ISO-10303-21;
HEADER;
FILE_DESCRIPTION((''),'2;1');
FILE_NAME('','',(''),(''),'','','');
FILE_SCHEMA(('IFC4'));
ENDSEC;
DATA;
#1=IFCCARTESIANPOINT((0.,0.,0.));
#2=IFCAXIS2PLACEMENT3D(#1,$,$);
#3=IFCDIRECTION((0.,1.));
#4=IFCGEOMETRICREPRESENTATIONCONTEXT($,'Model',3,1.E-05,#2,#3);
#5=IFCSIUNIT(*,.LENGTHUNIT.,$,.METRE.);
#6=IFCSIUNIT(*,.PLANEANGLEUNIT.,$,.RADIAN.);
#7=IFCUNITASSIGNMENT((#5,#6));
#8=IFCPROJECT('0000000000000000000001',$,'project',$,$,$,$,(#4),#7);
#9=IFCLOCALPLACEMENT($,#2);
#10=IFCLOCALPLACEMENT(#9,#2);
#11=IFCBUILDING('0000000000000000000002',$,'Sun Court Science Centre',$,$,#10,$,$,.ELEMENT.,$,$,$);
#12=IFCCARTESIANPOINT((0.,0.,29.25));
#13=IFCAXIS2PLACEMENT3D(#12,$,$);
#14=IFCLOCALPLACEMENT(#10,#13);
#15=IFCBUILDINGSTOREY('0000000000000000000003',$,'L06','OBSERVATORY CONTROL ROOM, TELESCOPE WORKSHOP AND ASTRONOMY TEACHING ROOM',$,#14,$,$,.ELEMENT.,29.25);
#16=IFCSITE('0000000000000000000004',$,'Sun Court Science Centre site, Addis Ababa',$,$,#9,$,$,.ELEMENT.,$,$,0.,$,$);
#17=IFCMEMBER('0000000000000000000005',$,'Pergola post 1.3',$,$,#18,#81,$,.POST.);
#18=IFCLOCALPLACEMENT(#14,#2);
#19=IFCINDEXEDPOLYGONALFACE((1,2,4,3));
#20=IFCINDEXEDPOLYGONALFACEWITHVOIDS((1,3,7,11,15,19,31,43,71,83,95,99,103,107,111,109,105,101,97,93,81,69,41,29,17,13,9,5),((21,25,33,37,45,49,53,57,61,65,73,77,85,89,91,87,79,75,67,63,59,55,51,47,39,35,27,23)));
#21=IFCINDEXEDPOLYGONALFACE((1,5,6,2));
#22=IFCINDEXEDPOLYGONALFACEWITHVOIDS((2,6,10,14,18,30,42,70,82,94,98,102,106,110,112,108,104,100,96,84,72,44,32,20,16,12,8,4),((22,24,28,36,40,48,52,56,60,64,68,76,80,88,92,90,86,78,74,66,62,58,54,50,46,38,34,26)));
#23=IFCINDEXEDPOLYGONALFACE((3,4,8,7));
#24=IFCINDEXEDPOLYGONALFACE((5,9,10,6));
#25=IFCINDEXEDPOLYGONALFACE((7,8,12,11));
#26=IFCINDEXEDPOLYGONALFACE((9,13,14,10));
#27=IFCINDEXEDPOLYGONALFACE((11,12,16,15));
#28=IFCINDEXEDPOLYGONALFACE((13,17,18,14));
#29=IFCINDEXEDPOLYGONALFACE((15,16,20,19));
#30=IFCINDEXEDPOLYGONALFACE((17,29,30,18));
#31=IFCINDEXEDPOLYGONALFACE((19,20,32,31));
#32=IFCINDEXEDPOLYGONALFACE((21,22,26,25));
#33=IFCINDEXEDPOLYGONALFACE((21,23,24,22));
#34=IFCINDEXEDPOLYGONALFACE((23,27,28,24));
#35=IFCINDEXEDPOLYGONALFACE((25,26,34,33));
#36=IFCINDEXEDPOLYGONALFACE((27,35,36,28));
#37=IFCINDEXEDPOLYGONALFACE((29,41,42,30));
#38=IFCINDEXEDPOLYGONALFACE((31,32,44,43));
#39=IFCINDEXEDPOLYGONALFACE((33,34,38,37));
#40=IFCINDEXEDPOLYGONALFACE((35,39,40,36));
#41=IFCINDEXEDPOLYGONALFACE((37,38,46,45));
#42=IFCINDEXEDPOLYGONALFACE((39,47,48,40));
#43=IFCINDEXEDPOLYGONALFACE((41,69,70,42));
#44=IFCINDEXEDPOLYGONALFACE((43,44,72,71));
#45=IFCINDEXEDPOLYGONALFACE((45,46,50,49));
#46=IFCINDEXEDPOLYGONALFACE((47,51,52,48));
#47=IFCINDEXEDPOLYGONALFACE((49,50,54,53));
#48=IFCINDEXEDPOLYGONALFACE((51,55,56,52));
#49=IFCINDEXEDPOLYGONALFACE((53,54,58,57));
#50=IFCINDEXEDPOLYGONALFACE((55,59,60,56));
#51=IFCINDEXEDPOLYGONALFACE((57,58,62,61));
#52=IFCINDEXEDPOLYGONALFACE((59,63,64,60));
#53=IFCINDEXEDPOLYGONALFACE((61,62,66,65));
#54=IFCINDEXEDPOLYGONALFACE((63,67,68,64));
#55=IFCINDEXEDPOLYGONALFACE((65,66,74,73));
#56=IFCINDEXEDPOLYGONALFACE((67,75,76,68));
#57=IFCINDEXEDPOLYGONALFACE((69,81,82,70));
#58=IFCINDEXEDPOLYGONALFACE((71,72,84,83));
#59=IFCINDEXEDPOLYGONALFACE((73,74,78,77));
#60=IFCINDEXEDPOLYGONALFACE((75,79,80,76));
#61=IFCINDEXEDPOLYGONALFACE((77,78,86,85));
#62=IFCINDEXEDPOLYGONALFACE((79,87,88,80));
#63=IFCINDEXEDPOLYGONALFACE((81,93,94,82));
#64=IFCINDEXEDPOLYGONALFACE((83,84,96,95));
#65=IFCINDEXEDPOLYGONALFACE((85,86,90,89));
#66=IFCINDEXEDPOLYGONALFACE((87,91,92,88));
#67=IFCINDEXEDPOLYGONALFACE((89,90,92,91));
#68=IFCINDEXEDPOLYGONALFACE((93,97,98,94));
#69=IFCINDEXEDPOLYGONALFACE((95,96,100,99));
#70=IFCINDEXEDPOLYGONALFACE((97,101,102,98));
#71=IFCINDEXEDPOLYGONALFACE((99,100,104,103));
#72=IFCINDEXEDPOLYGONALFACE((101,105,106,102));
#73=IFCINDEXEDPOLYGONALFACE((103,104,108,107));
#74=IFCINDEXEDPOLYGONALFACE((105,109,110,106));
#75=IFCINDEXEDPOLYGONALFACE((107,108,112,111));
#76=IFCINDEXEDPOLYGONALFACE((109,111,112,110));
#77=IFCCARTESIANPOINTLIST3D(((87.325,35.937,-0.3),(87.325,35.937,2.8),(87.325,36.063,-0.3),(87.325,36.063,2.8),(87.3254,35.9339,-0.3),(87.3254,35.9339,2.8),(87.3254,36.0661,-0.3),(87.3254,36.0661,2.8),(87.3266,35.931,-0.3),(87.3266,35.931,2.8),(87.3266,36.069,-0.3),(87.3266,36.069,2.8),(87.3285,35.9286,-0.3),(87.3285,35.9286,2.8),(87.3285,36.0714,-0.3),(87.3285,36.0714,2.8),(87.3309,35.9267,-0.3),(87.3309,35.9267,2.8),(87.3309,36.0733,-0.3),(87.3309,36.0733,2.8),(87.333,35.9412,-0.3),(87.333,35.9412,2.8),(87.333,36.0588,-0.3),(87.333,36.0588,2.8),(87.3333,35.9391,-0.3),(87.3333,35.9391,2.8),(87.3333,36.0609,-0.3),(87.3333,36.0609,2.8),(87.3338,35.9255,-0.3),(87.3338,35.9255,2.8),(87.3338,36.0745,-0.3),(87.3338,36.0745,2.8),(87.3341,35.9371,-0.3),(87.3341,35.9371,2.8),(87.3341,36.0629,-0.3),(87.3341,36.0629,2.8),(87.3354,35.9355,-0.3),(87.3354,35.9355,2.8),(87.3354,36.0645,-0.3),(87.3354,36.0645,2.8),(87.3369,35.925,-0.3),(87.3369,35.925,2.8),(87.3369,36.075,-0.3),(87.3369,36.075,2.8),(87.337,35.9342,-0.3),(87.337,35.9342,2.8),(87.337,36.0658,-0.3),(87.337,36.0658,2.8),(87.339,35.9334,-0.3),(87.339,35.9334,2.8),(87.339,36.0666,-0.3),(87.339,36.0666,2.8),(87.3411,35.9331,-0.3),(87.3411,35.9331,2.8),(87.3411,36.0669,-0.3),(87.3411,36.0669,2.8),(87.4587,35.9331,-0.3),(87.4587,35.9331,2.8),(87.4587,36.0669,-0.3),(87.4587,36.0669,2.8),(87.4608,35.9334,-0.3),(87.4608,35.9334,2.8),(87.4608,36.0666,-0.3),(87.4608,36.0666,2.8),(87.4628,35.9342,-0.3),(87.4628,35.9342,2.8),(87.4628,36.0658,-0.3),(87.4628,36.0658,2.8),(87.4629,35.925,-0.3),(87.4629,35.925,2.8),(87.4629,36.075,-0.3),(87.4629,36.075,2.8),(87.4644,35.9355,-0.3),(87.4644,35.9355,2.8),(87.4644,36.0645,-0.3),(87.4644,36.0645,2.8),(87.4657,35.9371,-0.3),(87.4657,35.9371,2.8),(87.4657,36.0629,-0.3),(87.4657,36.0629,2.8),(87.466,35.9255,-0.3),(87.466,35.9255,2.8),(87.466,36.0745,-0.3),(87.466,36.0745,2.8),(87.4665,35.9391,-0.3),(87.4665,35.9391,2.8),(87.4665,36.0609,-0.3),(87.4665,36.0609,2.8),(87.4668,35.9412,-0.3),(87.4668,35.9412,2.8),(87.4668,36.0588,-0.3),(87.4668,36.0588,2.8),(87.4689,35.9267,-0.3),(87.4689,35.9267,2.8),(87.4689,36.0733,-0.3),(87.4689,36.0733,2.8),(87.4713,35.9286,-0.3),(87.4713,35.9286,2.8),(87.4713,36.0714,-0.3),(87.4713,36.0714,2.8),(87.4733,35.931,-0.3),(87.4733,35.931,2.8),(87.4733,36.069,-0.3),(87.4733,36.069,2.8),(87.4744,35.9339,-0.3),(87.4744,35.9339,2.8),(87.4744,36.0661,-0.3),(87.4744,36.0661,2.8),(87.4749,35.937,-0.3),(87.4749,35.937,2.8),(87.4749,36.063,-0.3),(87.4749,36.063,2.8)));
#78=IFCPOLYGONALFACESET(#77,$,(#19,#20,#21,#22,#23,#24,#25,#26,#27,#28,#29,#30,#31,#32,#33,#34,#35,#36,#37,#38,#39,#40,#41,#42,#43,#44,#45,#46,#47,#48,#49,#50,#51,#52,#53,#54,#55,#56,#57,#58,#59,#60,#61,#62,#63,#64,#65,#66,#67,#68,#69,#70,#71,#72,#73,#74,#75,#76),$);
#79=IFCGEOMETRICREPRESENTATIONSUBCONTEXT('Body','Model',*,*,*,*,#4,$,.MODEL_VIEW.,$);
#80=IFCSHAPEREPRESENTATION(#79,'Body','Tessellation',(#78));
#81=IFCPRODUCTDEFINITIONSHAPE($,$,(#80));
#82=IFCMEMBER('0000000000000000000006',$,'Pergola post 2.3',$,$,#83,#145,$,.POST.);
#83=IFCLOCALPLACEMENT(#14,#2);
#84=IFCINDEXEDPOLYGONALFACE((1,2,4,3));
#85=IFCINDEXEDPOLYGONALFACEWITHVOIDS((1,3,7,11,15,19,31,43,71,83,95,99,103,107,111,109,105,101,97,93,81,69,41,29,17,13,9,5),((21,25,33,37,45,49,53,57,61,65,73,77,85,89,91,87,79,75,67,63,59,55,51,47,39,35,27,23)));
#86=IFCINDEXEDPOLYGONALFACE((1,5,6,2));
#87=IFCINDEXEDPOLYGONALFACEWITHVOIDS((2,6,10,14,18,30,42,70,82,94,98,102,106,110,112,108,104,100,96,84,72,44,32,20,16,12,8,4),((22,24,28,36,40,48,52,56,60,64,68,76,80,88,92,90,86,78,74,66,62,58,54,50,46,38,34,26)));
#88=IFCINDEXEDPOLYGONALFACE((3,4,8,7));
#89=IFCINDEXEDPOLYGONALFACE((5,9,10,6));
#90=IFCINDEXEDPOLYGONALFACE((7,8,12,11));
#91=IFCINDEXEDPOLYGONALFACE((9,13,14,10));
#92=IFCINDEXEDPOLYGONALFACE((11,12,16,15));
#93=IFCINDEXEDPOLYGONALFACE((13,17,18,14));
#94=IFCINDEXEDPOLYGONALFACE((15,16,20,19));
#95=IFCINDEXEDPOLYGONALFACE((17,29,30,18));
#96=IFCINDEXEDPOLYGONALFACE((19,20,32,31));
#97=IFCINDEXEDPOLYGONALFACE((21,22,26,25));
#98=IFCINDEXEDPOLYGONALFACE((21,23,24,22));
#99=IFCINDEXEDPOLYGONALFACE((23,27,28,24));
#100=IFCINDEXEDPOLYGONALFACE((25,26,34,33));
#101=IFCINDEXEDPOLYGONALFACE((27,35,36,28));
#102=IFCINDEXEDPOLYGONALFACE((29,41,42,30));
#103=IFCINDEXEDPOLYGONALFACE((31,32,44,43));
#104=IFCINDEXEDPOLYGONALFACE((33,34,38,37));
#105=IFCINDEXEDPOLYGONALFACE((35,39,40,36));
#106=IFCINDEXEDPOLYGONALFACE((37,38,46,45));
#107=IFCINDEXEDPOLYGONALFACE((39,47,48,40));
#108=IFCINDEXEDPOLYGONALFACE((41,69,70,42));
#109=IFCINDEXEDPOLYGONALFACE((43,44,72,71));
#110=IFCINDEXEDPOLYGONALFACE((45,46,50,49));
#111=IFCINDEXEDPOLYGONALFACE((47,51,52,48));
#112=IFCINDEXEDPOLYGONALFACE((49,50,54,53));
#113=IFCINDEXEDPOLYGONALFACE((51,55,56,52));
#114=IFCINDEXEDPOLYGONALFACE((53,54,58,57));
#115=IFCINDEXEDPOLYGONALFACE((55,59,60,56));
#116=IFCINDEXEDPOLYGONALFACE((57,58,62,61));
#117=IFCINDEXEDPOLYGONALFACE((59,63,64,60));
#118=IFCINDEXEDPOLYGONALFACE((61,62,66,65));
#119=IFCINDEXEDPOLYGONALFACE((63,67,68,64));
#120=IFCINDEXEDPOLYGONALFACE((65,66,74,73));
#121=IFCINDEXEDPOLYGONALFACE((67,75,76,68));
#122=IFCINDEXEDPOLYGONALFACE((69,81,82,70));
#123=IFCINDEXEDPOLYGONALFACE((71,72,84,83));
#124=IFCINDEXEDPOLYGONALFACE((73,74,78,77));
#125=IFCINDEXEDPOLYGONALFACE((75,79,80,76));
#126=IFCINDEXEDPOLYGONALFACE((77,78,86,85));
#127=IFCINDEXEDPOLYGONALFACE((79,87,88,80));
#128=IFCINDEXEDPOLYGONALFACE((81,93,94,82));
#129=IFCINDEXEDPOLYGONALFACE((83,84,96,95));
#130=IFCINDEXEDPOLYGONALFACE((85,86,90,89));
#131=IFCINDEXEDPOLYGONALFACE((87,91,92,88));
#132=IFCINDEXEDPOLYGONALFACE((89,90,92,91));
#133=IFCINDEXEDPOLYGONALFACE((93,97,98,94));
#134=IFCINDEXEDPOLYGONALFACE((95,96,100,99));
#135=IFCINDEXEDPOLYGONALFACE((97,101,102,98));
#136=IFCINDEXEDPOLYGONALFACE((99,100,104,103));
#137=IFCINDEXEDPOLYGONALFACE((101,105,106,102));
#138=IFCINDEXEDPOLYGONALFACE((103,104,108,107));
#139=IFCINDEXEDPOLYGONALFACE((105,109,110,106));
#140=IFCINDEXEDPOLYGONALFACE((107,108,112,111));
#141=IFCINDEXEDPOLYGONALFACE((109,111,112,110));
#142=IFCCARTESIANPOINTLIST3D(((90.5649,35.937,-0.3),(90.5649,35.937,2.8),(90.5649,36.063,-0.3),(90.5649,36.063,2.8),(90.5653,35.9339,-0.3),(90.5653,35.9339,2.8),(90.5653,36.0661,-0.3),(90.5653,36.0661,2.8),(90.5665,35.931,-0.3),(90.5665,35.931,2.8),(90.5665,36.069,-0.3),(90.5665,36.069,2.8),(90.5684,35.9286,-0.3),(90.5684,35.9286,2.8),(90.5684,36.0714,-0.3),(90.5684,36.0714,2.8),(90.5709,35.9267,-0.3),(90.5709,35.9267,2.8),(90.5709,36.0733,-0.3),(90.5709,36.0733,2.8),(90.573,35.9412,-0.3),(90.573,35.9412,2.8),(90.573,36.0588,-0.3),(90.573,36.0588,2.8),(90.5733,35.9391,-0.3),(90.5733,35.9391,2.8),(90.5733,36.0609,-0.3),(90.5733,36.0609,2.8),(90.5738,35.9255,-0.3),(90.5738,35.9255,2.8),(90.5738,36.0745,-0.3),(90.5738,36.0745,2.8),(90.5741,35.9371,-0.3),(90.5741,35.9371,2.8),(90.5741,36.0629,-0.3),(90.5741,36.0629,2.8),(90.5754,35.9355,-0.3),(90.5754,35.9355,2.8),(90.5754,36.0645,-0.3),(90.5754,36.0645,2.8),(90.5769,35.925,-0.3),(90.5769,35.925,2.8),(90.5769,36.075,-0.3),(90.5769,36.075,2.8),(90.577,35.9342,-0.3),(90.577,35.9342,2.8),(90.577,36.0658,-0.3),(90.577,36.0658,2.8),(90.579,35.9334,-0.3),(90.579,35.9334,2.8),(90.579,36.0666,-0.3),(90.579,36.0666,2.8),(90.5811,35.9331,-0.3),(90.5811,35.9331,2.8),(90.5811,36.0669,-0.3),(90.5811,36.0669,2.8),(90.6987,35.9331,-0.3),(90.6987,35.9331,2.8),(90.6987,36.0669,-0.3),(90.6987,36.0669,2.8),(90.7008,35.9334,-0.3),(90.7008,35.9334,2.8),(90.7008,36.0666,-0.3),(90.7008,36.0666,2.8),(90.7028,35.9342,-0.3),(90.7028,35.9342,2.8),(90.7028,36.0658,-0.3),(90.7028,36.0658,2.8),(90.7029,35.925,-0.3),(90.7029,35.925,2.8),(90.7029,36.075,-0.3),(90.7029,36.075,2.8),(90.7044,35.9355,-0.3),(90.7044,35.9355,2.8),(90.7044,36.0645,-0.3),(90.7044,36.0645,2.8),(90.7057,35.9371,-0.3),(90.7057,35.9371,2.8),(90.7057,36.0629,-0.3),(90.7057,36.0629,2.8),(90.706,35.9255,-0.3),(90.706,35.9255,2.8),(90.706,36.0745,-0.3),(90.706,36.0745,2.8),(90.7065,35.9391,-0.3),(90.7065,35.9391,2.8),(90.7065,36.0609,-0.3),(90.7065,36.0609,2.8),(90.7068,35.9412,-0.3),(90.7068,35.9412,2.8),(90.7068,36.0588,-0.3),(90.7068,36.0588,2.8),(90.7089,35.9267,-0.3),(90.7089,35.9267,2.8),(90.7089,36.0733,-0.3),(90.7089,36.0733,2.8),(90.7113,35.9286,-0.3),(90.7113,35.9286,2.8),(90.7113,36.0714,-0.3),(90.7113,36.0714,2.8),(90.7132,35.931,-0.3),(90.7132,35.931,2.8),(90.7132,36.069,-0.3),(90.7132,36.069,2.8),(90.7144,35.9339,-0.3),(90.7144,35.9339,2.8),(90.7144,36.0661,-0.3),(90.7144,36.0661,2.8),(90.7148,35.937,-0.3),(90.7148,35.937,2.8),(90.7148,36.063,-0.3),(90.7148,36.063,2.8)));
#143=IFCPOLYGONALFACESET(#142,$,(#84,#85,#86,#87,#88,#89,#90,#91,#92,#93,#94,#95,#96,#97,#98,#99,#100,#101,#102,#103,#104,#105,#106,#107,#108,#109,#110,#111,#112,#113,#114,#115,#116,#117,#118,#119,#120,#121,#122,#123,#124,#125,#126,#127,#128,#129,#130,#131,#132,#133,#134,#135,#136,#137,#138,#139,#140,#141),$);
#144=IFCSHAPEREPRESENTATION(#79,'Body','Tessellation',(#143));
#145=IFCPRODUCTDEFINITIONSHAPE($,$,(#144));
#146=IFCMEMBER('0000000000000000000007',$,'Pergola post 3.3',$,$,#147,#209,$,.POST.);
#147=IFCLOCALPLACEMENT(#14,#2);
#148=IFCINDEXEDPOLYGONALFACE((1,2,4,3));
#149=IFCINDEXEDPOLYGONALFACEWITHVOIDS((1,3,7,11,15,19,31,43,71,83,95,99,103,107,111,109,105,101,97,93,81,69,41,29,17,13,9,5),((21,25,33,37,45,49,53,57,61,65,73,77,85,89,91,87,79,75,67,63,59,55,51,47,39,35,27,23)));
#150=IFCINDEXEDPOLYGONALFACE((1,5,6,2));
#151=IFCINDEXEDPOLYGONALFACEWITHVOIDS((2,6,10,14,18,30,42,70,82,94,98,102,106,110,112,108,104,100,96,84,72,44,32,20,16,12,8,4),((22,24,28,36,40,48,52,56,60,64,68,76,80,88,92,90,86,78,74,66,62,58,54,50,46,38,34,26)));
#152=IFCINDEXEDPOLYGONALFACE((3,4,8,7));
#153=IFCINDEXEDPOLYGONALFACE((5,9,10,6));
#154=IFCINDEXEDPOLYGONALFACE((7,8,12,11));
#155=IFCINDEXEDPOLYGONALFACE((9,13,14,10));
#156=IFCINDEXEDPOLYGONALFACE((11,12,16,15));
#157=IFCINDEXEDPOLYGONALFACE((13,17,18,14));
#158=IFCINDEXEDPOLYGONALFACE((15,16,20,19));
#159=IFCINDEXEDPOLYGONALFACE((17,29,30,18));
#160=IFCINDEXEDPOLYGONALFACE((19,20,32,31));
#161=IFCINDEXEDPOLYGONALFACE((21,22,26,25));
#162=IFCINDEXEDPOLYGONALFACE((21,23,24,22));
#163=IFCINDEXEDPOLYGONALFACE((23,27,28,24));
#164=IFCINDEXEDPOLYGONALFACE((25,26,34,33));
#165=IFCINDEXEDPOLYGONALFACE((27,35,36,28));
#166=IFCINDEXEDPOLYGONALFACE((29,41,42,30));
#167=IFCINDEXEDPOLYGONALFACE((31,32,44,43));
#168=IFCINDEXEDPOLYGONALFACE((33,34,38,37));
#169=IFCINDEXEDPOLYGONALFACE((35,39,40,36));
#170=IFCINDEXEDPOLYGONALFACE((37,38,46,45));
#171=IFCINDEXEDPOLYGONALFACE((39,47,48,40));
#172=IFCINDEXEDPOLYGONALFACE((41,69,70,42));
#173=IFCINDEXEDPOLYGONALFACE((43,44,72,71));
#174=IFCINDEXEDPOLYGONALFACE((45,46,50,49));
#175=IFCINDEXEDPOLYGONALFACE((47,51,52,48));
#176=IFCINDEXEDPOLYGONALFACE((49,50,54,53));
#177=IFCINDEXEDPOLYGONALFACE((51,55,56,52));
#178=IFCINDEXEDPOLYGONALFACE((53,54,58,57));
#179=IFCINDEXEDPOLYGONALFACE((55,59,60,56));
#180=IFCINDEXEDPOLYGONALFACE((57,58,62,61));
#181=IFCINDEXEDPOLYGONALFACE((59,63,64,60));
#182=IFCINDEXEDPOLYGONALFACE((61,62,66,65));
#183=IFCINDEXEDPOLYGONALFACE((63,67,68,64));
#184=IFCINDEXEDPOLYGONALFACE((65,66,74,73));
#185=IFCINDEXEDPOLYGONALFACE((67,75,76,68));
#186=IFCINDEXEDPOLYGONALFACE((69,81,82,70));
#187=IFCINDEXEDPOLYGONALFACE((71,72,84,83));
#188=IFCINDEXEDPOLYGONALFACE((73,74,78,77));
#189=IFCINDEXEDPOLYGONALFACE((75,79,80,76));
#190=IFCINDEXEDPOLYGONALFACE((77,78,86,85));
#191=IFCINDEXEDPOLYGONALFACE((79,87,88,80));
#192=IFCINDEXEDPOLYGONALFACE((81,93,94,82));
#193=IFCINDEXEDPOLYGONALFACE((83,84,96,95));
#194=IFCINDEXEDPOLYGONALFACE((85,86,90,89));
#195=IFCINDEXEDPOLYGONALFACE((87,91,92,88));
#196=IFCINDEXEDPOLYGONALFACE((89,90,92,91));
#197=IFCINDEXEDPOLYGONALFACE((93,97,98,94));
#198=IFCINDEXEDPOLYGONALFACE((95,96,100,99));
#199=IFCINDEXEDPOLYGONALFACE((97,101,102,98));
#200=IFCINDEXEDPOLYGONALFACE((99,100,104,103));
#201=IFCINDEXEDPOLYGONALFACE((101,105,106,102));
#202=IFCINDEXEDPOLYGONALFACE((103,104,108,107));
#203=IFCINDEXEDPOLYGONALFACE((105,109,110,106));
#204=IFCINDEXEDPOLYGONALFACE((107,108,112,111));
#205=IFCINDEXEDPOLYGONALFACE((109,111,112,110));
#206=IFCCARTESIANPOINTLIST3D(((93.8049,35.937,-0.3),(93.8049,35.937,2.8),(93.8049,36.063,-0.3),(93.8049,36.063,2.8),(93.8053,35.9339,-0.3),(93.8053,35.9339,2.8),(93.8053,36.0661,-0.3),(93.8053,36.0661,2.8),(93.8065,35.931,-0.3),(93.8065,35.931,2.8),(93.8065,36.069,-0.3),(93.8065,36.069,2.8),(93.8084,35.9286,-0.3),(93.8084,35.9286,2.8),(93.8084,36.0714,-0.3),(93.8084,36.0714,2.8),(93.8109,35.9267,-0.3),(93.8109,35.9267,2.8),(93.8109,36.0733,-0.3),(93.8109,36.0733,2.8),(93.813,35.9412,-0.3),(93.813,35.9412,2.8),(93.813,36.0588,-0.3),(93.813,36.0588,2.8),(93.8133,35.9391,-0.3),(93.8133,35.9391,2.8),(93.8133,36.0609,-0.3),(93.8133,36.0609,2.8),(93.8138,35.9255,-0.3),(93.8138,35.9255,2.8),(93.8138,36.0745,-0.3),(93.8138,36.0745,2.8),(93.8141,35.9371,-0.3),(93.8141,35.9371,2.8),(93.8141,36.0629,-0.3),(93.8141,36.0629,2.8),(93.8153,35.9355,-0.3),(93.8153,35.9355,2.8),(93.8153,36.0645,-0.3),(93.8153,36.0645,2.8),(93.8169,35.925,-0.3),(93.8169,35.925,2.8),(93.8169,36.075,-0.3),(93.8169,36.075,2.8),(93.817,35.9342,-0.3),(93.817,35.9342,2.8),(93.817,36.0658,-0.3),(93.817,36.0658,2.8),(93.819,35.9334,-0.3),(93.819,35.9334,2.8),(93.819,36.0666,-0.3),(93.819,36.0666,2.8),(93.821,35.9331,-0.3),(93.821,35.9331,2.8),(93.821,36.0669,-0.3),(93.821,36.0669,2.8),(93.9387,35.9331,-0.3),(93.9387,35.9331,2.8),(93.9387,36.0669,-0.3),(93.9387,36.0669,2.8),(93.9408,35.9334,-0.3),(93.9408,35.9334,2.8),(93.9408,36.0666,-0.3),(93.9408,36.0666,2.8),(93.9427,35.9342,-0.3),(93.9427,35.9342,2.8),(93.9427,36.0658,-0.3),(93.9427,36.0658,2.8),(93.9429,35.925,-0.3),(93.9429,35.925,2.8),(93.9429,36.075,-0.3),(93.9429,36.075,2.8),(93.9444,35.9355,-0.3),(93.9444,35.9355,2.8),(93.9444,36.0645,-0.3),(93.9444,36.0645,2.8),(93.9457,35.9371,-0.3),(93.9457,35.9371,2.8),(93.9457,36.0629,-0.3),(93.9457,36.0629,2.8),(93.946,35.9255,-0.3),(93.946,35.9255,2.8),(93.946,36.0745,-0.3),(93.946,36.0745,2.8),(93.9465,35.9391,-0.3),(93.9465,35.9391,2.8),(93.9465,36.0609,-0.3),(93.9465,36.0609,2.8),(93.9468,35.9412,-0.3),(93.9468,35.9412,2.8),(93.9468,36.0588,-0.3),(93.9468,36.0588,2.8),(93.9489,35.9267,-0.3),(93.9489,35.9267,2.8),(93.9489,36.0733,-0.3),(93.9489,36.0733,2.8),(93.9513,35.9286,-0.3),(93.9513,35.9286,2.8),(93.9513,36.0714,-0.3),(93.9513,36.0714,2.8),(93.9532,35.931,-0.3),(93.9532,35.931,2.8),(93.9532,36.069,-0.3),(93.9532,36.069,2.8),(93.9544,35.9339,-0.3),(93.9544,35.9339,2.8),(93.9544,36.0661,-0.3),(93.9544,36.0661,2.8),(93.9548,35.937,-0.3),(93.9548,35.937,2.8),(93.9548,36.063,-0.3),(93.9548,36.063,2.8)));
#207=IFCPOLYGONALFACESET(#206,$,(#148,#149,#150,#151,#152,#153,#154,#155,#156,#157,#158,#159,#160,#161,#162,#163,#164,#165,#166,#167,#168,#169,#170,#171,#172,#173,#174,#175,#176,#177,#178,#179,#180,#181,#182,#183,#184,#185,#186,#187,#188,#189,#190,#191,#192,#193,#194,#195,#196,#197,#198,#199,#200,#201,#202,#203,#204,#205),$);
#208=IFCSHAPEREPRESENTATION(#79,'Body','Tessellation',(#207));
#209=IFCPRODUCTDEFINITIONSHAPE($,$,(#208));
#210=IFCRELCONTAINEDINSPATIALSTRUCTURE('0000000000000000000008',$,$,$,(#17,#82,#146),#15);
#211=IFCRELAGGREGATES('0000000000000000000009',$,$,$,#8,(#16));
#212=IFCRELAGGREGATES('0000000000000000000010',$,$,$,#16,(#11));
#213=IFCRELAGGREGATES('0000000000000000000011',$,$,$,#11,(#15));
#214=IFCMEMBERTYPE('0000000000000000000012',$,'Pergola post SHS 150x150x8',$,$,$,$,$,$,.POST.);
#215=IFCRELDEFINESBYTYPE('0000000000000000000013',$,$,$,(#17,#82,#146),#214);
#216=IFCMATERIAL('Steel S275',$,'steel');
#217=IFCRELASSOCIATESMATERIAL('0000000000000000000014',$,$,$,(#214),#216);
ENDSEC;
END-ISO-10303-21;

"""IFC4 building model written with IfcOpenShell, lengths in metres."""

from ifc_helpers import new_model, si_unit, direction, frame, origin, origin_2d, place, context, subcontext, project, spatial, hollow_rectangle, extrude, material, material_profile, profile_set, type_object, element, save


model = new_model("IFC4")

# Units and contexts
model_context = context("Model", 3, precision=1e-05, world=origin(), true_north=direction((0.0, 1.0)))
body_context = subcontext(model_context, "Body", "Model", "MODEL_VIEW")
ifc_project = project(units=[si_unit("LENGTHUNIT", "METRE"), si_unit("PLANEANGLEUNIT", "RADIAN")], contexts=[model_context])

# Site, building, storey
site_placement = place(None, origin())
site = spatial("IfcSite", under=ifc_project, at=site_placement, Name="Sun Court Science Centre site, Addis Ababa", CompositionType="ELEMENT", RefElevation=0.0)
building_placement = place(site_placement, origin())
building = spatial("IfcBuilding", under=site, at=building_placement, Name="Sun Court Science Centre", CompositionType="ELEMENT")
storey_placement = place(building_placement, frame((0.0, 0.0, 29.25)))
storey = spatial("IfcBuildingStorey", under=building, at=storey_placement, Name="L06", Description="OBSERVATORY CONTROL ROOM, TELESCOPE WORKSHOP AND ASTRONOMY TEACHING ROOM", CompositionType="ELEMENT", Elevation=29.25)

# Members
ifc_material_1 = material(Name="Steel S275", Category="steel")
ifc_material_profile_1 = material_profile(ifc_material_1, hollow_rectangle(XDim=0.1499, YDim=0.1499, WallThickness=0.0081, InnerFilletRadius=0.0081, OuterFilletRadius=0.012, at=origin_2d()), Name="SHS 150x150x8")
ifc_profile_set_1 = profile_set([ifc_material_profile_1], Name="Steel S275")
member_type_1 = type_object("IfcMemberType", Name="Pergola post SHS 150x150x8", PredefinedType="POST", material=ifc_profile_set_1)
for number, where, z_axis, x_axis, name in (
    (1, (87.3999, 36.0, -0.3), (0.0, 0.0, 1.0), (1.0, 0.0, 0.0), "Pergola post 1.3"),
    (2, (90.6399, 36.0, -0.3), (0.0, 0.0, 1.0), (1.0, 0.0, 0.0), "Pergola post 2.3"),
    (3, (93.8799, 36.0, -0.3), (0.0, 0.0, 1.0), (1.0, 0.0, 0.0), "Pergola post 3.3"),
):
    element("IfcMember", number, at=place(storey_placement, frame(where, z_axis=z_axis, x_axis=x_axis)), inside=storey, type_object=member_type_1, Name=name, PredefinedType="POST", context=body_context, shape_type="SweptSolid", body=[
        extrude(hollow_rectangle(XDim=0.1499, YDim=0.1499, WallThickness=0.0081, InnerFilletRadius=0.0081, OuterFilletRadius=0.012, at=origin_2d()), origin(), (0.0, 0.0, 1.0), 3.1001),
    ])

save(model, "model.ifc")
